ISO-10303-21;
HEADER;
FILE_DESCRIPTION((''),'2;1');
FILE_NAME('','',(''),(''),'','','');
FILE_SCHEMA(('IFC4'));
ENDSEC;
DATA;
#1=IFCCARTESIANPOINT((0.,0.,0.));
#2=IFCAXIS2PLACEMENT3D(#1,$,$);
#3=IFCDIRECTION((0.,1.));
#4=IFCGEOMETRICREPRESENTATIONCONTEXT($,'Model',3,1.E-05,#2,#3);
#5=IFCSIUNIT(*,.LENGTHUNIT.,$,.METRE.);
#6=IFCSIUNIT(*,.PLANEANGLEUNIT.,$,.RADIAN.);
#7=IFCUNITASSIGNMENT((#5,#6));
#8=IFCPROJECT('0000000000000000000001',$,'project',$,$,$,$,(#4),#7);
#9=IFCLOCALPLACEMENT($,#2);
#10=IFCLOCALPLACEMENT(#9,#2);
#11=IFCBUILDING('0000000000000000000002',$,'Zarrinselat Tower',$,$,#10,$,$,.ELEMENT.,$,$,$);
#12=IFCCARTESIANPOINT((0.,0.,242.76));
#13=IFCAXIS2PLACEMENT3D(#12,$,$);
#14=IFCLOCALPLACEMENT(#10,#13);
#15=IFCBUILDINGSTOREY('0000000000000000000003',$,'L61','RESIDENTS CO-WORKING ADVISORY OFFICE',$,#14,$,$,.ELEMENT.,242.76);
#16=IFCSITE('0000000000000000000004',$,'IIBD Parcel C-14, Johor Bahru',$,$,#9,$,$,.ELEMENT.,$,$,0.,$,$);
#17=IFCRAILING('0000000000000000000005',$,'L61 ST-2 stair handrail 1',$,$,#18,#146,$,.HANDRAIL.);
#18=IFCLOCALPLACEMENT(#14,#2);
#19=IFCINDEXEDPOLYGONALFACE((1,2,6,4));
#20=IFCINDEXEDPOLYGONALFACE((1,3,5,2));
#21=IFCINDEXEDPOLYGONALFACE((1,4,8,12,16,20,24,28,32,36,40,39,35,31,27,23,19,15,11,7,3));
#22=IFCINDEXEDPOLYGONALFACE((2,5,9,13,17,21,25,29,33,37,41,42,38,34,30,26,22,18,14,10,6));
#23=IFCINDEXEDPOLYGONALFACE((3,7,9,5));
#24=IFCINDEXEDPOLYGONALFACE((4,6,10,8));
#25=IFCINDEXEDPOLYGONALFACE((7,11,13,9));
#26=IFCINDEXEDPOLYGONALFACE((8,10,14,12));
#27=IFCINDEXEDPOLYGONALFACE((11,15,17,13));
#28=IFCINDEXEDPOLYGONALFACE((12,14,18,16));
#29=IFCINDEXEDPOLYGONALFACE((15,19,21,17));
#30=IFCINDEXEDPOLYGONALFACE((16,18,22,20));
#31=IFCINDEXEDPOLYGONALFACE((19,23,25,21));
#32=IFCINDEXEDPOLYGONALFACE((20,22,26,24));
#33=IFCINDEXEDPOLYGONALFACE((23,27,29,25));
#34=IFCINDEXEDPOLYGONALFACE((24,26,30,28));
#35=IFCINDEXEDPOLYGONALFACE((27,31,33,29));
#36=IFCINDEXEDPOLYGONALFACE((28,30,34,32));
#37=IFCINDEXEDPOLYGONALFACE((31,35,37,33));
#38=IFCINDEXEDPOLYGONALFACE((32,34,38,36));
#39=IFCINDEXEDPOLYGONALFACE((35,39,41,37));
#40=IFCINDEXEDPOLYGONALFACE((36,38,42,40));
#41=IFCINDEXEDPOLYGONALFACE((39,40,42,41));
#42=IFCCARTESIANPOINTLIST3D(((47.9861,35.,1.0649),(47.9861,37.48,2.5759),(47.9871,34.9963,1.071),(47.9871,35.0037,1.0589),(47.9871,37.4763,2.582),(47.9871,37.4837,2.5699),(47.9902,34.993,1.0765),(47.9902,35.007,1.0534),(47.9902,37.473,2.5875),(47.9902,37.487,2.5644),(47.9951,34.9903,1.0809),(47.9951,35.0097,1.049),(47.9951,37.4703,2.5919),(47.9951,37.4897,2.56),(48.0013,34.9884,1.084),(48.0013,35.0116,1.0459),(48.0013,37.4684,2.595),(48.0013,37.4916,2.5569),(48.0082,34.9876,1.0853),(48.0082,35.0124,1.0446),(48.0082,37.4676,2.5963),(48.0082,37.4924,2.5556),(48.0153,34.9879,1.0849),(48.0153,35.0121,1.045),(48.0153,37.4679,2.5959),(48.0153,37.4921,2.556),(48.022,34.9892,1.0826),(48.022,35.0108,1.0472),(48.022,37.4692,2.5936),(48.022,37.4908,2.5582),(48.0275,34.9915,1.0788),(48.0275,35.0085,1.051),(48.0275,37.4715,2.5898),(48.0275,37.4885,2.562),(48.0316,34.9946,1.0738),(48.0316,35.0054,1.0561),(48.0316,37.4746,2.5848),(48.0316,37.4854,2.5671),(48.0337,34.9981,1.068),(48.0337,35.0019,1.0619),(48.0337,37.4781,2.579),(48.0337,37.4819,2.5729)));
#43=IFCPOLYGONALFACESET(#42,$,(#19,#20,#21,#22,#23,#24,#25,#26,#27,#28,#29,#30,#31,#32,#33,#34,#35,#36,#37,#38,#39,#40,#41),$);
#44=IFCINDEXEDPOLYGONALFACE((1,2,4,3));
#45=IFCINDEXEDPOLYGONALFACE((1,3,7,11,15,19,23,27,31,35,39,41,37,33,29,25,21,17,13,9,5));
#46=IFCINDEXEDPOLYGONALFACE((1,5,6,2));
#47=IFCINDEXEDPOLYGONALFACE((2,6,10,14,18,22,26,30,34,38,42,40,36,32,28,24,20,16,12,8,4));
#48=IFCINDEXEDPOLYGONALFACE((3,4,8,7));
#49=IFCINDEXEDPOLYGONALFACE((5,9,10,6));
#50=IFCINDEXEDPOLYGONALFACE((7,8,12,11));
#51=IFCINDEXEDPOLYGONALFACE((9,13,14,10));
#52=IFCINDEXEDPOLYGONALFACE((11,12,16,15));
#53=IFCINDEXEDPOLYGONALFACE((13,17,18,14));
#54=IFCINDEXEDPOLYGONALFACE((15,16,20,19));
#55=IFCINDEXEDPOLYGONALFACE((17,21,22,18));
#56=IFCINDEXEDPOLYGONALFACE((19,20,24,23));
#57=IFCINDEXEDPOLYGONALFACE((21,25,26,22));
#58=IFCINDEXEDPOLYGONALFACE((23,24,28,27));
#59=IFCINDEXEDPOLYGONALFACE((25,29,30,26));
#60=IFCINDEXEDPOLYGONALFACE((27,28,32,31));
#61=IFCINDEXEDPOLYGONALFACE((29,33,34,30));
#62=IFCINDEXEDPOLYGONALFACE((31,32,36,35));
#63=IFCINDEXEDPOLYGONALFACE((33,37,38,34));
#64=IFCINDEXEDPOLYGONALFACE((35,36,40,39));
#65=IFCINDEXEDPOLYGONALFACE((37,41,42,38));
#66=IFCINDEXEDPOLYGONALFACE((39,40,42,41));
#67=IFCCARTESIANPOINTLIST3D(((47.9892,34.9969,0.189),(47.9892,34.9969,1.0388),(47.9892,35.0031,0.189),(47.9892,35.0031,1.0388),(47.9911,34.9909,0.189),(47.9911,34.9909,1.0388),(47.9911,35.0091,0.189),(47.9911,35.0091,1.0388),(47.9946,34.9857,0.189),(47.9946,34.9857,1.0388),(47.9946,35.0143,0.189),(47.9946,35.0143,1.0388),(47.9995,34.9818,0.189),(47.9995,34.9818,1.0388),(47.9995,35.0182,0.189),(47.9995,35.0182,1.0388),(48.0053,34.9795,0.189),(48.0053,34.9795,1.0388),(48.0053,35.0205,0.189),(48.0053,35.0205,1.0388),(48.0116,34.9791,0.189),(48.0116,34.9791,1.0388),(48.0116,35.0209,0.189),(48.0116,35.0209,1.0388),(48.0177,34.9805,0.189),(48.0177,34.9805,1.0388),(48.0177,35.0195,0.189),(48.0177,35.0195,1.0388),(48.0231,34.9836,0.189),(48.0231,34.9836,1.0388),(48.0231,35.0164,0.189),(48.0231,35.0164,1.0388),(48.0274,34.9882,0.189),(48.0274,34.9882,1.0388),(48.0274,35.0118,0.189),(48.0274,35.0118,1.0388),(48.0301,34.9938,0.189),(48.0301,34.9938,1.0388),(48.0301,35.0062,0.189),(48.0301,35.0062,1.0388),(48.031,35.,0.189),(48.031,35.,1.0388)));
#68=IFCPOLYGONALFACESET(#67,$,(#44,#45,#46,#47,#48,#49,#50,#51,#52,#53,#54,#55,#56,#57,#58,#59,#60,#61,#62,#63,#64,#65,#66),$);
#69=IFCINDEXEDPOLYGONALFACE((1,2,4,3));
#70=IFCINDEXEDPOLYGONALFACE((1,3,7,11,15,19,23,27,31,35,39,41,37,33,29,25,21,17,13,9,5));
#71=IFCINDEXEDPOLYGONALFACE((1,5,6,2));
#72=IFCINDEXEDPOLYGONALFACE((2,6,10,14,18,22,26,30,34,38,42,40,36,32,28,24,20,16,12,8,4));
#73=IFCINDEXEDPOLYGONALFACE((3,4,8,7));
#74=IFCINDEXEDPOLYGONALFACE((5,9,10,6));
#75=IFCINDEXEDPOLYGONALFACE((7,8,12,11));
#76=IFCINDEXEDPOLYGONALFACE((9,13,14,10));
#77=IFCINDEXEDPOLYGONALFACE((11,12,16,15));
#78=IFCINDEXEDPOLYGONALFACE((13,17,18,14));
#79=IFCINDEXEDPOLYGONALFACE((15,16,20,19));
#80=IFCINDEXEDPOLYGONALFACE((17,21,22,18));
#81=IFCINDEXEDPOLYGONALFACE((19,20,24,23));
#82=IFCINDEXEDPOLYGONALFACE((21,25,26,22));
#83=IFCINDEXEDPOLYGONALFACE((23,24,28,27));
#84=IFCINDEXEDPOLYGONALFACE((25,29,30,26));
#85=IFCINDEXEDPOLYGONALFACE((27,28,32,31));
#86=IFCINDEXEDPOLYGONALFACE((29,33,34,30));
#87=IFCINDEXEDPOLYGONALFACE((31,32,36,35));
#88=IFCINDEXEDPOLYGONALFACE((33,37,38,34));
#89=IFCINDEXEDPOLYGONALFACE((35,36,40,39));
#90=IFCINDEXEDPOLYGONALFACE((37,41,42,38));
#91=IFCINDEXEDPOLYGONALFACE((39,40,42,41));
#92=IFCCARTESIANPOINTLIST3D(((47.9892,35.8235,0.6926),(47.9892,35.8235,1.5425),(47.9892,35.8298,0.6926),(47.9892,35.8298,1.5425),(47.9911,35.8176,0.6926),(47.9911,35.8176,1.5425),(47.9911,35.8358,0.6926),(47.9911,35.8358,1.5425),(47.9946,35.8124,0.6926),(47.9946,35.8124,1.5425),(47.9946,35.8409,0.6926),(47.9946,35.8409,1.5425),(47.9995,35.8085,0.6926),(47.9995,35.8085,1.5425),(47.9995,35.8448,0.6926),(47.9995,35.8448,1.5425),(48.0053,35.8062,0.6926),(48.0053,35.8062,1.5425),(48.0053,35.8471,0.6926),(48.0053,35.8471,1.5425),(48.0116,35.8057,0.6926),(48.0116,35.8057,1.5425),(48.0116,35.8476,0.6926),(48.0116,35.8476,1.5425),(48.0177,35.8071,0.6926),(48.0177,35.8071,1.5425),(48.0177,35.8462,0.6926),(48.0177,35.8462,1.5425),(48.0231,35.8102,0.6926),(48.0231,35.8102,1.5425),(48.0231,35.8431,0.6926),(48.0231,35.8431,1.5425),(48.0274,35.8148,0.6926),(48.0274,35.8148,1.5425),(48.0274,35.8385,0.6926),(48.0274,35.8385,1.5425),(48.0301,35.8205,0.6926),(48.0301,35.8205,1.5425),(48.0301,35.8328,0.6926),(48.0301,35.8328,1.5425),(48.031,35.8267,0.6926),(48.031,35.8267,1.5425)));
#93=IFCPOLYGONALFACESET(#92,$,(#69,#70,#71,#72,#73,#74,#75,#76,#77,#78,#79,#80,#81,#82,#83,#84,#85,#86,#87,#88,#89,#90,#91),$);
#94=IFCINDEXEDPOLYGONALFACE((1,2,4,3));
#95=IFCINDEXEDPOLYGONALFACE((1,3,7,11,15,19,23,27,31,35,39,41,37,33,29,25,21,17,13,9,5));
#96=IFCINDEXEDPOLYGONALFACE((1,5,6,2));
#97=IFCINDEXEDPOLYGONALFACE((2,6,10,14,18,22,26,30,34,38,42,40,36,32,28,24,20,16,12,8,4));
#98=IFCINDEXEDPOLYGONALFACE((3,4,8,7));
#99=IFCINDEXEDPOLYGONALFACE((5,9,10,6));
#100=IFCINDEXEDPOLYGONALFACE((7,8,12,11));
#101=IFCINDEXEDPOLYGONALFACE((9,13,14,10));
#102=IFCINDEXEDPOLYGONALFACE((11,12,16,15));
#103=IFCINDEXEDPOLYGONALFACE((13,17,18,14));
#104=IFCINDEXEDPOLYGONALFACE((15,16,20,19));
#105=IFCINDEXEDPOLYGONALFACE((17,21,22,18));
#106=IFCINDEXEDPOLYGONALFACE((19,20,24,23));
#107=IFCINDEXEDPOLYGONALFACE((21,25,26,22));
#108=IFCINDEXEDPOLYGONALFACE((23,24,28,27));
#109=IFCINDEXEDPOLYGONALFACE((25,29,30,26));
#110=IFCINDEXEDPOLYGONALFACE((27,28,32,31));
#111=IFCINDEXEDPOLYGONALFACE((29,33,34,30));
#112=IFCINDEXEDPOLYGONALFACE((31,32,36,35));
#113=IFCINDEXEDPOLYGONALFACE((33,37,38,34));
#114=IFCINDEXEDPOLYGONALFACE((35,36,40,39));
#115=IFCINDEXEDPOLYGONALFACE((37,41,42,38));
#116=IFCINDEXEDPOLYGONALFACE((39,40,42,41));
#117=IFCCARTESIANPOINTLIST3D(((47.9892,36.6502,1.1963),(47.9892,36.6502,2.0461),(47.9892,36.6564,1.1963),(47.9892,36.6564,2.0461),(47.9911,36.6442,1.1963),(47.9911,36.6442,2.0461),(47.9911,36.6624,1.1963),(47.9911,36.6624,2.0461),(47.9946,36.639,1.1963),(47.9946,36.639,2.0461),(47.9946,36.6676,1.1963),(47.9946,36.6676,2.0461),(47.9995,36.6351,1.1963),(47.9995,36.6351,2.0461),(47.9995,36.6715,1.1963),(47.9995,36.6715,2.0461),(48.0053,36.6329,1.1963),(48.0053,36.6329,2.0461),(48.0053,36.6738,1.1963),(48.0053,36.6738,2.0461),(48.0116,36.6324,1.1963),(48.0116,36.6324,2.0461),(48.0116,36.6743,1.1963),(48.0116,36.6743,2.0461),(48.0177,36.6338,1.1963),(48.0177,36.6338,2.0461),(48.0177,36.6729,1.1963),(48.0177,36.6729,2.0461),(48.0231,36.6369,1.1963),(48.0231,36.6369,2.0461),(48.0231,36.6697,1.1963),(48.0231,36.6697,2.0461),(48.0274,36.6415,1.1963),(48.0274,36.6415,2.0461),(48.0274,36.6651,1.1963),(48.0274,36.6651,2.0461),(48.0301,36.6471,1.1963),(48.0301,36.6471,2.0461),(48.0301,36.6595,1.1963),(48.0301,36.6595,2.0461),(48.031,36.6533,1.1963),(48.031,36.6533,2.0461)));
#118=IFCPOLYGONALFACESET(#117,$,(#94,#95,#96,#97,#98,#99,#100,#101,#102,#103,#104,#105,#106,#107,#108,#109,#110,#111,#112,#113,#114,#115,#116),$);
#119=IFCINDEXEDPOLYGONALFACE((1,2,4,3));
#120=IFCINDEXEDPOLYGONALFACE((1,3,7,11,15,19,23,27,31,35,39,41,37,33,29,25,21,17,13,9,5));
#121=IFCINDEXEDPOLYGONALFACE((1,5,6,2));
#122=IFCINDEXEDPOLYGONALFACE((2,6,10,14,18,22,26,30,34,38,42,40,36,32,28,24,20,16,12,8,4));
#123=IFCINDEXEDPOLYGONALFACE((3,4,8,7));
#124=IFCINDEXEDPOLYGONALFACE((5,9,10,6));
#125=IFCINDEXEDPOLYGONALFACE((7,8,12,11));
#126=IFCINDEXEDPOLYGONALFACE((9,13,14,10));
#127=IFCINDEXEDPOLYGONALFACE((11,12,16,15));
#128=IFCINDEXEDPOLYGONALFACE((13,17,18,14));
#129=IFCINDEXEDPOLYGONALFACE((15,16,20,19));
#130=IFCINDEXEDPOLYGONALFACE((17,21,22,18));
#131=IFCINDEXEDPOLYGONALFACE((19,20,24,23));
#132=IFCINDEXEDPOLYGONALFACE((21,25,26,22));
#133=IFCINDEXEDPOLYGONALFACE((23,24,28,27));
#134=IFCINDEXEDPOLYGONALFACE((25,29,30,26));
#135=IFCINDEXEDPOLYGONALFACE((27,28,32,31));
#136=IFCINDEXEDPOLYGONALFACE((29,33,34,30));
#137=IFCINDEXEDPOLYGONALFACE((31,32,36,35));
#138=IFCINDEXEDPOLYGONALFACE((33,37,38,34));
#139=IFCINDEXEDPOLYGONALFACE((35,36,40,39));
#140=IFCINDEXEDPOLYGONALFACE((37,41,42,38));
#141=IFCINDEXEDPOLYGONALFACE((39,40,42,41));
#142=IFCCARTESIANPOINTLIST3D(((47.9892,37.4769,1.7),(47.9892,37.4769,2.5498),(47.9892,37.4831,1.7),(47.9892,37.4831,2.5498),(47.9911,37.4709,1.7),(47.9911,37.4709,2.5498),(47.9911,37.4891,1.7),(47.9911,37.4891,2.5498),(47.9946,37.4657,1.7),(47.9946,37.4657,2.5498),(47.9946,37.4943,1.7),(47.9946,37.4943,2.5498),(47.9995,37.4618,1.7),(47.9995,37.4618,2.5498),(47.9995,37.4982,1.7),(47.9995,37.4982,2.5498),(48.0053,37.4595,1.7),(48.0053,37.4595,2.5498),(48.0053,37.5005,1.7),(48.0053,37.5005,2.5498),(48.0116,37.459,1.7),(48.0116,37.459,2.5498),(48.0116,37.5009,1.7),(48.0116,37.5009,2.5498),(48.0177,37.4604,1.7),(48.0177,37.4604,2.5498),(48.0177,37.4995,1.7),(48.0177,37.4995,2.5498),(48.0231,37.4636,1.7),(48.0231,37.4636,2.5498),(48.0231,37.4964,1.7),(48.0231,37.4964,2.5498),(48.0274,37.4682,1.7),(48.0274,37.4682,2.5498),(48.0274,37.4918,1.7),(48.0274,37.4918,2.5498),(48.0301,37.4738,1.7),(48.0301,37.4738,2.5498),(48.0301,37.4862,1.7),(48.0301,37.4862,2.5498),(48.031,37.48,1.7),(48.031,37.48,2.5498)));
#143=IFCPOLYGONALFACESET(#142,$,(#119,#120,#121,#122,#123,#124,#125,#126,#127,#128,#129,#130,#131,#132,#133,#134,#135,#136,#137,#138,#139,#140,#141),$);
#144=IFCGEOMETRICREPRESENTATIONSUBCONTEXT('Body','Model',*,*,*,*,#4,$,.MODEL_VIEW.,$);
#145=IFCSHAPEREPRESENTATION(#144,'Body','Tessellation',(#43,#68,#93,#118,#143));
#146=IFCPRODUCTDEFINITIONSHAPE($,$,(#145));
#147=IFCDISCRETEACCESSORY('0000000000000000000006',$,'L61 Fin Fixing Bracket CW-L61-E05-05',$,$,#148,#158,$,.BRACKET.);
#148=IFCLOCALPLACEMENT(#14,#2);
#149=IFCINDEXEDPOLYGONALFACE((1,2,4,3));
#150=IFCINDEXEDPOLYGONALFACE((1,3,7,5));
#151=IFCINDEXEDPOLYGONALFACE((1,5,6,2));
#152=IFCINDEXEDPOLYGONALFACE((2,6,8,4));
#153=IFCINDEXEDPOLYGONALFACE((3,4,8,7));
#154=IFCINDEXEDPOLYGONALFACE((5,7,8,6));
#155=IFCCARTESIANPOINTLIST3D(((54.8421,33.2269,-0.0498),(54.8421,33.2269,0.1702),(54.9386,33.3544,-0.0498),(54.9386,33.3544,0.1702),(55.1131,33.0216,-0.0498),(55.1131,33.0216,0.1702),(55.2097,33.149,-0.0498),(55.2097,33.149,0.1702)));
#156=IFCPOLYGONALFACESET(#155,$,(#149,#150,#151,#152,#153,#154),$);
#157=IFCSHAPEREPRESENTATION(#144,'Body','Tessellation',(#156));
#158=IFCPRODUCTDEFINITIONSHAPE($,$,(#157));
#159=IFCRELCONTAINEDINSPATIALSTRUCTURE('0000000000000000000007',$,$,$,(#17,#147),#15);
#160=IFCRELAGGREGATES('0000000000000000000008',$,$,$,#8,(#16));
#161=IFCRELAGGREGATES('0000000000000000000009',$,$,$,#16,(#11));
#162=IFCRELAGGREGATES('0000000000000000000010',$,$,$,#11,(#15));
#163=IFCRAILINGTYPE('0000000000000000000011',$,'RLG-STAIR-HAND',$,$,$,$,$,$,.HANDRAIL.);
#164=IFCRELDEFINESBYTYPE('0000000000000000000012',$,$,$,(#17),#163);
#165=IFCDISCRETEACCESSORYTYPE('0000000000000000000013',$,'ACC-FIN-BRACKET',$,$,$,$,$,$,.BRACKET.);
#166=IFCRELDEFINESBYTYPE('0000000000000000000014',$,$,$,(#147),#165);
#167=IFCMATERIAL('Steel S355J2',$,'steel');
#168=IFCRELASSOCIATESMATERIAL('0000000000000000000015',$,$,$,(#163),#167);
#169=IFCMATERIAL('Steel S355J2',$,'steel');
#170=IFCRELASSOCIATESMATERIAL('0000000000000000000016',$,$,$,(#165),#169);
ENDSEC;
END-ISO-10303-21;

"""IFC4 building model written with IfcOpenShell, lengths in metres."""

from ifc_helpers import new_model, si_unit, direction, frame, origin, origin_2d, place, context, subcontext, project, spatial, rectangle, circle, extrude, material, type_object, element, save


model = new_model("IFC4")

# Units and contexts
model_context = context("Model", 3, precision=1e-05, world=origin(), true_north=direction((0.0, 1.0)))
body_context = subcontext(model_context, "Body", "Model", "MODEL_VIEW")
ifc_project = project(units=[si_unit("LENGTHUNIT", "METRE"), si_unit("PLANEANGLEUNIT", "RADIAN")], contexts=[model_context])

# Site, building, storey
site_placement = place(None, origin())
site = spatial("IfcSite", under=ifc_project, at=site_placement, Name="IIBD Parcel C-14, Johor Bahru", CompositionType="ELEMENT", RefElevation=0.0)
building_placement = place(site_placement, origin())
building = spatial("IfcBuilding", under=site, at=building_placement, Name="Zarrinselat Tower", CompositionType="ELEMENT")
storey_placement = place(building_placement, frame((0.0, 0.0, 242.76)))
storey = spatial("IfcBuildingStorey", under=building, at=storey_placement, Name="L61", Description="RESIDENTS CO-WORKING ADVISORY OFFICE", CompositionType="ELEMENT", Elevation=242.76)

# Railing
ifc_material_1 = material(Name="Steel S355J2", Category="steel")
railing_type_1 = type_object("IfcRailingType", Name="RLG-STAIR-HAND", PredefinedType="HANDRAIL", material=ifc_material_1)
railing_1_placement = place(storey_placement, frame((48.01, 35.0, 0.189)))
element("IfcRailing", 1, at=railing_1_placement, inside=storey, type_object=railing_type_1, Name="L61 ST-2 stair handrail 1", PredefinedType="HANDRAIL", context=body_context, shape_type="SweptSolid", body=[
    extrude(circle(Radius=0.0239, at=origin_2d()), frame((0.0, 0.0, 0.876), z_axis=(0.0, 0.853979, 0.520307), x_axis=(-1.0, 0.0, 0.0)), (0.0, 0.0, 1.0), 2.9041),
    extrude(circle(Radius=0.021, at=origin_2d()), origin(), (0.0, 0.0, 1.0), 0.8499),
    extrude(circle(Radius=0.021, at=origin_2d()), frame((0.0, 0.8267, 0.5037)), (0.0, 0.0, 1.0), 0.8499),
    extrude(circle(Radius=0.021, at=origin_2d()), frame((0.0, 1.6533, 1.0073)), (0.0, 0.0, 1.0), 0.8499),
    extrude(circle(Radius=0.021, at=origin_2d()), frame((0.0, 2.48, 1.511)), (0.0, 0.0, 1.0), 0.8499),
])

# Discrete accessory
ifc_material_2 = material(Name="Steel S355J2", Category="steel")
discrete_accessory_type = type_object("IfcDiscreteAccessoryType", Name="ACC-FIN-BRACKET", PredefinedType="BRACKET", material=ifc_material_2)
discrete_accessory_placement = place(storey_placement, frame((55.0259, 33.188, -0.0498), z_axis=(0.0, 0.0, 1.0), x_axis=(0.797092, -0.603858, 0.0)))
element("IfcDiscreteAccessory", 2, at=discrete_accessory_placement, inside=storey, type_object=discrete_accessory_type, Name="L61 Fin Fixing Bracket CW-L61-E05-05", PredefinedType="BRACKET", context=body_context, shape_type="SweptSolid", body=[
    extrude(rectangle(XDim=0.3401, YDim=0.1599, at=origin_2d()), origin(), (0.0, 0.0, 1.0), 0.22),
])

save(model, "model.ifc")
